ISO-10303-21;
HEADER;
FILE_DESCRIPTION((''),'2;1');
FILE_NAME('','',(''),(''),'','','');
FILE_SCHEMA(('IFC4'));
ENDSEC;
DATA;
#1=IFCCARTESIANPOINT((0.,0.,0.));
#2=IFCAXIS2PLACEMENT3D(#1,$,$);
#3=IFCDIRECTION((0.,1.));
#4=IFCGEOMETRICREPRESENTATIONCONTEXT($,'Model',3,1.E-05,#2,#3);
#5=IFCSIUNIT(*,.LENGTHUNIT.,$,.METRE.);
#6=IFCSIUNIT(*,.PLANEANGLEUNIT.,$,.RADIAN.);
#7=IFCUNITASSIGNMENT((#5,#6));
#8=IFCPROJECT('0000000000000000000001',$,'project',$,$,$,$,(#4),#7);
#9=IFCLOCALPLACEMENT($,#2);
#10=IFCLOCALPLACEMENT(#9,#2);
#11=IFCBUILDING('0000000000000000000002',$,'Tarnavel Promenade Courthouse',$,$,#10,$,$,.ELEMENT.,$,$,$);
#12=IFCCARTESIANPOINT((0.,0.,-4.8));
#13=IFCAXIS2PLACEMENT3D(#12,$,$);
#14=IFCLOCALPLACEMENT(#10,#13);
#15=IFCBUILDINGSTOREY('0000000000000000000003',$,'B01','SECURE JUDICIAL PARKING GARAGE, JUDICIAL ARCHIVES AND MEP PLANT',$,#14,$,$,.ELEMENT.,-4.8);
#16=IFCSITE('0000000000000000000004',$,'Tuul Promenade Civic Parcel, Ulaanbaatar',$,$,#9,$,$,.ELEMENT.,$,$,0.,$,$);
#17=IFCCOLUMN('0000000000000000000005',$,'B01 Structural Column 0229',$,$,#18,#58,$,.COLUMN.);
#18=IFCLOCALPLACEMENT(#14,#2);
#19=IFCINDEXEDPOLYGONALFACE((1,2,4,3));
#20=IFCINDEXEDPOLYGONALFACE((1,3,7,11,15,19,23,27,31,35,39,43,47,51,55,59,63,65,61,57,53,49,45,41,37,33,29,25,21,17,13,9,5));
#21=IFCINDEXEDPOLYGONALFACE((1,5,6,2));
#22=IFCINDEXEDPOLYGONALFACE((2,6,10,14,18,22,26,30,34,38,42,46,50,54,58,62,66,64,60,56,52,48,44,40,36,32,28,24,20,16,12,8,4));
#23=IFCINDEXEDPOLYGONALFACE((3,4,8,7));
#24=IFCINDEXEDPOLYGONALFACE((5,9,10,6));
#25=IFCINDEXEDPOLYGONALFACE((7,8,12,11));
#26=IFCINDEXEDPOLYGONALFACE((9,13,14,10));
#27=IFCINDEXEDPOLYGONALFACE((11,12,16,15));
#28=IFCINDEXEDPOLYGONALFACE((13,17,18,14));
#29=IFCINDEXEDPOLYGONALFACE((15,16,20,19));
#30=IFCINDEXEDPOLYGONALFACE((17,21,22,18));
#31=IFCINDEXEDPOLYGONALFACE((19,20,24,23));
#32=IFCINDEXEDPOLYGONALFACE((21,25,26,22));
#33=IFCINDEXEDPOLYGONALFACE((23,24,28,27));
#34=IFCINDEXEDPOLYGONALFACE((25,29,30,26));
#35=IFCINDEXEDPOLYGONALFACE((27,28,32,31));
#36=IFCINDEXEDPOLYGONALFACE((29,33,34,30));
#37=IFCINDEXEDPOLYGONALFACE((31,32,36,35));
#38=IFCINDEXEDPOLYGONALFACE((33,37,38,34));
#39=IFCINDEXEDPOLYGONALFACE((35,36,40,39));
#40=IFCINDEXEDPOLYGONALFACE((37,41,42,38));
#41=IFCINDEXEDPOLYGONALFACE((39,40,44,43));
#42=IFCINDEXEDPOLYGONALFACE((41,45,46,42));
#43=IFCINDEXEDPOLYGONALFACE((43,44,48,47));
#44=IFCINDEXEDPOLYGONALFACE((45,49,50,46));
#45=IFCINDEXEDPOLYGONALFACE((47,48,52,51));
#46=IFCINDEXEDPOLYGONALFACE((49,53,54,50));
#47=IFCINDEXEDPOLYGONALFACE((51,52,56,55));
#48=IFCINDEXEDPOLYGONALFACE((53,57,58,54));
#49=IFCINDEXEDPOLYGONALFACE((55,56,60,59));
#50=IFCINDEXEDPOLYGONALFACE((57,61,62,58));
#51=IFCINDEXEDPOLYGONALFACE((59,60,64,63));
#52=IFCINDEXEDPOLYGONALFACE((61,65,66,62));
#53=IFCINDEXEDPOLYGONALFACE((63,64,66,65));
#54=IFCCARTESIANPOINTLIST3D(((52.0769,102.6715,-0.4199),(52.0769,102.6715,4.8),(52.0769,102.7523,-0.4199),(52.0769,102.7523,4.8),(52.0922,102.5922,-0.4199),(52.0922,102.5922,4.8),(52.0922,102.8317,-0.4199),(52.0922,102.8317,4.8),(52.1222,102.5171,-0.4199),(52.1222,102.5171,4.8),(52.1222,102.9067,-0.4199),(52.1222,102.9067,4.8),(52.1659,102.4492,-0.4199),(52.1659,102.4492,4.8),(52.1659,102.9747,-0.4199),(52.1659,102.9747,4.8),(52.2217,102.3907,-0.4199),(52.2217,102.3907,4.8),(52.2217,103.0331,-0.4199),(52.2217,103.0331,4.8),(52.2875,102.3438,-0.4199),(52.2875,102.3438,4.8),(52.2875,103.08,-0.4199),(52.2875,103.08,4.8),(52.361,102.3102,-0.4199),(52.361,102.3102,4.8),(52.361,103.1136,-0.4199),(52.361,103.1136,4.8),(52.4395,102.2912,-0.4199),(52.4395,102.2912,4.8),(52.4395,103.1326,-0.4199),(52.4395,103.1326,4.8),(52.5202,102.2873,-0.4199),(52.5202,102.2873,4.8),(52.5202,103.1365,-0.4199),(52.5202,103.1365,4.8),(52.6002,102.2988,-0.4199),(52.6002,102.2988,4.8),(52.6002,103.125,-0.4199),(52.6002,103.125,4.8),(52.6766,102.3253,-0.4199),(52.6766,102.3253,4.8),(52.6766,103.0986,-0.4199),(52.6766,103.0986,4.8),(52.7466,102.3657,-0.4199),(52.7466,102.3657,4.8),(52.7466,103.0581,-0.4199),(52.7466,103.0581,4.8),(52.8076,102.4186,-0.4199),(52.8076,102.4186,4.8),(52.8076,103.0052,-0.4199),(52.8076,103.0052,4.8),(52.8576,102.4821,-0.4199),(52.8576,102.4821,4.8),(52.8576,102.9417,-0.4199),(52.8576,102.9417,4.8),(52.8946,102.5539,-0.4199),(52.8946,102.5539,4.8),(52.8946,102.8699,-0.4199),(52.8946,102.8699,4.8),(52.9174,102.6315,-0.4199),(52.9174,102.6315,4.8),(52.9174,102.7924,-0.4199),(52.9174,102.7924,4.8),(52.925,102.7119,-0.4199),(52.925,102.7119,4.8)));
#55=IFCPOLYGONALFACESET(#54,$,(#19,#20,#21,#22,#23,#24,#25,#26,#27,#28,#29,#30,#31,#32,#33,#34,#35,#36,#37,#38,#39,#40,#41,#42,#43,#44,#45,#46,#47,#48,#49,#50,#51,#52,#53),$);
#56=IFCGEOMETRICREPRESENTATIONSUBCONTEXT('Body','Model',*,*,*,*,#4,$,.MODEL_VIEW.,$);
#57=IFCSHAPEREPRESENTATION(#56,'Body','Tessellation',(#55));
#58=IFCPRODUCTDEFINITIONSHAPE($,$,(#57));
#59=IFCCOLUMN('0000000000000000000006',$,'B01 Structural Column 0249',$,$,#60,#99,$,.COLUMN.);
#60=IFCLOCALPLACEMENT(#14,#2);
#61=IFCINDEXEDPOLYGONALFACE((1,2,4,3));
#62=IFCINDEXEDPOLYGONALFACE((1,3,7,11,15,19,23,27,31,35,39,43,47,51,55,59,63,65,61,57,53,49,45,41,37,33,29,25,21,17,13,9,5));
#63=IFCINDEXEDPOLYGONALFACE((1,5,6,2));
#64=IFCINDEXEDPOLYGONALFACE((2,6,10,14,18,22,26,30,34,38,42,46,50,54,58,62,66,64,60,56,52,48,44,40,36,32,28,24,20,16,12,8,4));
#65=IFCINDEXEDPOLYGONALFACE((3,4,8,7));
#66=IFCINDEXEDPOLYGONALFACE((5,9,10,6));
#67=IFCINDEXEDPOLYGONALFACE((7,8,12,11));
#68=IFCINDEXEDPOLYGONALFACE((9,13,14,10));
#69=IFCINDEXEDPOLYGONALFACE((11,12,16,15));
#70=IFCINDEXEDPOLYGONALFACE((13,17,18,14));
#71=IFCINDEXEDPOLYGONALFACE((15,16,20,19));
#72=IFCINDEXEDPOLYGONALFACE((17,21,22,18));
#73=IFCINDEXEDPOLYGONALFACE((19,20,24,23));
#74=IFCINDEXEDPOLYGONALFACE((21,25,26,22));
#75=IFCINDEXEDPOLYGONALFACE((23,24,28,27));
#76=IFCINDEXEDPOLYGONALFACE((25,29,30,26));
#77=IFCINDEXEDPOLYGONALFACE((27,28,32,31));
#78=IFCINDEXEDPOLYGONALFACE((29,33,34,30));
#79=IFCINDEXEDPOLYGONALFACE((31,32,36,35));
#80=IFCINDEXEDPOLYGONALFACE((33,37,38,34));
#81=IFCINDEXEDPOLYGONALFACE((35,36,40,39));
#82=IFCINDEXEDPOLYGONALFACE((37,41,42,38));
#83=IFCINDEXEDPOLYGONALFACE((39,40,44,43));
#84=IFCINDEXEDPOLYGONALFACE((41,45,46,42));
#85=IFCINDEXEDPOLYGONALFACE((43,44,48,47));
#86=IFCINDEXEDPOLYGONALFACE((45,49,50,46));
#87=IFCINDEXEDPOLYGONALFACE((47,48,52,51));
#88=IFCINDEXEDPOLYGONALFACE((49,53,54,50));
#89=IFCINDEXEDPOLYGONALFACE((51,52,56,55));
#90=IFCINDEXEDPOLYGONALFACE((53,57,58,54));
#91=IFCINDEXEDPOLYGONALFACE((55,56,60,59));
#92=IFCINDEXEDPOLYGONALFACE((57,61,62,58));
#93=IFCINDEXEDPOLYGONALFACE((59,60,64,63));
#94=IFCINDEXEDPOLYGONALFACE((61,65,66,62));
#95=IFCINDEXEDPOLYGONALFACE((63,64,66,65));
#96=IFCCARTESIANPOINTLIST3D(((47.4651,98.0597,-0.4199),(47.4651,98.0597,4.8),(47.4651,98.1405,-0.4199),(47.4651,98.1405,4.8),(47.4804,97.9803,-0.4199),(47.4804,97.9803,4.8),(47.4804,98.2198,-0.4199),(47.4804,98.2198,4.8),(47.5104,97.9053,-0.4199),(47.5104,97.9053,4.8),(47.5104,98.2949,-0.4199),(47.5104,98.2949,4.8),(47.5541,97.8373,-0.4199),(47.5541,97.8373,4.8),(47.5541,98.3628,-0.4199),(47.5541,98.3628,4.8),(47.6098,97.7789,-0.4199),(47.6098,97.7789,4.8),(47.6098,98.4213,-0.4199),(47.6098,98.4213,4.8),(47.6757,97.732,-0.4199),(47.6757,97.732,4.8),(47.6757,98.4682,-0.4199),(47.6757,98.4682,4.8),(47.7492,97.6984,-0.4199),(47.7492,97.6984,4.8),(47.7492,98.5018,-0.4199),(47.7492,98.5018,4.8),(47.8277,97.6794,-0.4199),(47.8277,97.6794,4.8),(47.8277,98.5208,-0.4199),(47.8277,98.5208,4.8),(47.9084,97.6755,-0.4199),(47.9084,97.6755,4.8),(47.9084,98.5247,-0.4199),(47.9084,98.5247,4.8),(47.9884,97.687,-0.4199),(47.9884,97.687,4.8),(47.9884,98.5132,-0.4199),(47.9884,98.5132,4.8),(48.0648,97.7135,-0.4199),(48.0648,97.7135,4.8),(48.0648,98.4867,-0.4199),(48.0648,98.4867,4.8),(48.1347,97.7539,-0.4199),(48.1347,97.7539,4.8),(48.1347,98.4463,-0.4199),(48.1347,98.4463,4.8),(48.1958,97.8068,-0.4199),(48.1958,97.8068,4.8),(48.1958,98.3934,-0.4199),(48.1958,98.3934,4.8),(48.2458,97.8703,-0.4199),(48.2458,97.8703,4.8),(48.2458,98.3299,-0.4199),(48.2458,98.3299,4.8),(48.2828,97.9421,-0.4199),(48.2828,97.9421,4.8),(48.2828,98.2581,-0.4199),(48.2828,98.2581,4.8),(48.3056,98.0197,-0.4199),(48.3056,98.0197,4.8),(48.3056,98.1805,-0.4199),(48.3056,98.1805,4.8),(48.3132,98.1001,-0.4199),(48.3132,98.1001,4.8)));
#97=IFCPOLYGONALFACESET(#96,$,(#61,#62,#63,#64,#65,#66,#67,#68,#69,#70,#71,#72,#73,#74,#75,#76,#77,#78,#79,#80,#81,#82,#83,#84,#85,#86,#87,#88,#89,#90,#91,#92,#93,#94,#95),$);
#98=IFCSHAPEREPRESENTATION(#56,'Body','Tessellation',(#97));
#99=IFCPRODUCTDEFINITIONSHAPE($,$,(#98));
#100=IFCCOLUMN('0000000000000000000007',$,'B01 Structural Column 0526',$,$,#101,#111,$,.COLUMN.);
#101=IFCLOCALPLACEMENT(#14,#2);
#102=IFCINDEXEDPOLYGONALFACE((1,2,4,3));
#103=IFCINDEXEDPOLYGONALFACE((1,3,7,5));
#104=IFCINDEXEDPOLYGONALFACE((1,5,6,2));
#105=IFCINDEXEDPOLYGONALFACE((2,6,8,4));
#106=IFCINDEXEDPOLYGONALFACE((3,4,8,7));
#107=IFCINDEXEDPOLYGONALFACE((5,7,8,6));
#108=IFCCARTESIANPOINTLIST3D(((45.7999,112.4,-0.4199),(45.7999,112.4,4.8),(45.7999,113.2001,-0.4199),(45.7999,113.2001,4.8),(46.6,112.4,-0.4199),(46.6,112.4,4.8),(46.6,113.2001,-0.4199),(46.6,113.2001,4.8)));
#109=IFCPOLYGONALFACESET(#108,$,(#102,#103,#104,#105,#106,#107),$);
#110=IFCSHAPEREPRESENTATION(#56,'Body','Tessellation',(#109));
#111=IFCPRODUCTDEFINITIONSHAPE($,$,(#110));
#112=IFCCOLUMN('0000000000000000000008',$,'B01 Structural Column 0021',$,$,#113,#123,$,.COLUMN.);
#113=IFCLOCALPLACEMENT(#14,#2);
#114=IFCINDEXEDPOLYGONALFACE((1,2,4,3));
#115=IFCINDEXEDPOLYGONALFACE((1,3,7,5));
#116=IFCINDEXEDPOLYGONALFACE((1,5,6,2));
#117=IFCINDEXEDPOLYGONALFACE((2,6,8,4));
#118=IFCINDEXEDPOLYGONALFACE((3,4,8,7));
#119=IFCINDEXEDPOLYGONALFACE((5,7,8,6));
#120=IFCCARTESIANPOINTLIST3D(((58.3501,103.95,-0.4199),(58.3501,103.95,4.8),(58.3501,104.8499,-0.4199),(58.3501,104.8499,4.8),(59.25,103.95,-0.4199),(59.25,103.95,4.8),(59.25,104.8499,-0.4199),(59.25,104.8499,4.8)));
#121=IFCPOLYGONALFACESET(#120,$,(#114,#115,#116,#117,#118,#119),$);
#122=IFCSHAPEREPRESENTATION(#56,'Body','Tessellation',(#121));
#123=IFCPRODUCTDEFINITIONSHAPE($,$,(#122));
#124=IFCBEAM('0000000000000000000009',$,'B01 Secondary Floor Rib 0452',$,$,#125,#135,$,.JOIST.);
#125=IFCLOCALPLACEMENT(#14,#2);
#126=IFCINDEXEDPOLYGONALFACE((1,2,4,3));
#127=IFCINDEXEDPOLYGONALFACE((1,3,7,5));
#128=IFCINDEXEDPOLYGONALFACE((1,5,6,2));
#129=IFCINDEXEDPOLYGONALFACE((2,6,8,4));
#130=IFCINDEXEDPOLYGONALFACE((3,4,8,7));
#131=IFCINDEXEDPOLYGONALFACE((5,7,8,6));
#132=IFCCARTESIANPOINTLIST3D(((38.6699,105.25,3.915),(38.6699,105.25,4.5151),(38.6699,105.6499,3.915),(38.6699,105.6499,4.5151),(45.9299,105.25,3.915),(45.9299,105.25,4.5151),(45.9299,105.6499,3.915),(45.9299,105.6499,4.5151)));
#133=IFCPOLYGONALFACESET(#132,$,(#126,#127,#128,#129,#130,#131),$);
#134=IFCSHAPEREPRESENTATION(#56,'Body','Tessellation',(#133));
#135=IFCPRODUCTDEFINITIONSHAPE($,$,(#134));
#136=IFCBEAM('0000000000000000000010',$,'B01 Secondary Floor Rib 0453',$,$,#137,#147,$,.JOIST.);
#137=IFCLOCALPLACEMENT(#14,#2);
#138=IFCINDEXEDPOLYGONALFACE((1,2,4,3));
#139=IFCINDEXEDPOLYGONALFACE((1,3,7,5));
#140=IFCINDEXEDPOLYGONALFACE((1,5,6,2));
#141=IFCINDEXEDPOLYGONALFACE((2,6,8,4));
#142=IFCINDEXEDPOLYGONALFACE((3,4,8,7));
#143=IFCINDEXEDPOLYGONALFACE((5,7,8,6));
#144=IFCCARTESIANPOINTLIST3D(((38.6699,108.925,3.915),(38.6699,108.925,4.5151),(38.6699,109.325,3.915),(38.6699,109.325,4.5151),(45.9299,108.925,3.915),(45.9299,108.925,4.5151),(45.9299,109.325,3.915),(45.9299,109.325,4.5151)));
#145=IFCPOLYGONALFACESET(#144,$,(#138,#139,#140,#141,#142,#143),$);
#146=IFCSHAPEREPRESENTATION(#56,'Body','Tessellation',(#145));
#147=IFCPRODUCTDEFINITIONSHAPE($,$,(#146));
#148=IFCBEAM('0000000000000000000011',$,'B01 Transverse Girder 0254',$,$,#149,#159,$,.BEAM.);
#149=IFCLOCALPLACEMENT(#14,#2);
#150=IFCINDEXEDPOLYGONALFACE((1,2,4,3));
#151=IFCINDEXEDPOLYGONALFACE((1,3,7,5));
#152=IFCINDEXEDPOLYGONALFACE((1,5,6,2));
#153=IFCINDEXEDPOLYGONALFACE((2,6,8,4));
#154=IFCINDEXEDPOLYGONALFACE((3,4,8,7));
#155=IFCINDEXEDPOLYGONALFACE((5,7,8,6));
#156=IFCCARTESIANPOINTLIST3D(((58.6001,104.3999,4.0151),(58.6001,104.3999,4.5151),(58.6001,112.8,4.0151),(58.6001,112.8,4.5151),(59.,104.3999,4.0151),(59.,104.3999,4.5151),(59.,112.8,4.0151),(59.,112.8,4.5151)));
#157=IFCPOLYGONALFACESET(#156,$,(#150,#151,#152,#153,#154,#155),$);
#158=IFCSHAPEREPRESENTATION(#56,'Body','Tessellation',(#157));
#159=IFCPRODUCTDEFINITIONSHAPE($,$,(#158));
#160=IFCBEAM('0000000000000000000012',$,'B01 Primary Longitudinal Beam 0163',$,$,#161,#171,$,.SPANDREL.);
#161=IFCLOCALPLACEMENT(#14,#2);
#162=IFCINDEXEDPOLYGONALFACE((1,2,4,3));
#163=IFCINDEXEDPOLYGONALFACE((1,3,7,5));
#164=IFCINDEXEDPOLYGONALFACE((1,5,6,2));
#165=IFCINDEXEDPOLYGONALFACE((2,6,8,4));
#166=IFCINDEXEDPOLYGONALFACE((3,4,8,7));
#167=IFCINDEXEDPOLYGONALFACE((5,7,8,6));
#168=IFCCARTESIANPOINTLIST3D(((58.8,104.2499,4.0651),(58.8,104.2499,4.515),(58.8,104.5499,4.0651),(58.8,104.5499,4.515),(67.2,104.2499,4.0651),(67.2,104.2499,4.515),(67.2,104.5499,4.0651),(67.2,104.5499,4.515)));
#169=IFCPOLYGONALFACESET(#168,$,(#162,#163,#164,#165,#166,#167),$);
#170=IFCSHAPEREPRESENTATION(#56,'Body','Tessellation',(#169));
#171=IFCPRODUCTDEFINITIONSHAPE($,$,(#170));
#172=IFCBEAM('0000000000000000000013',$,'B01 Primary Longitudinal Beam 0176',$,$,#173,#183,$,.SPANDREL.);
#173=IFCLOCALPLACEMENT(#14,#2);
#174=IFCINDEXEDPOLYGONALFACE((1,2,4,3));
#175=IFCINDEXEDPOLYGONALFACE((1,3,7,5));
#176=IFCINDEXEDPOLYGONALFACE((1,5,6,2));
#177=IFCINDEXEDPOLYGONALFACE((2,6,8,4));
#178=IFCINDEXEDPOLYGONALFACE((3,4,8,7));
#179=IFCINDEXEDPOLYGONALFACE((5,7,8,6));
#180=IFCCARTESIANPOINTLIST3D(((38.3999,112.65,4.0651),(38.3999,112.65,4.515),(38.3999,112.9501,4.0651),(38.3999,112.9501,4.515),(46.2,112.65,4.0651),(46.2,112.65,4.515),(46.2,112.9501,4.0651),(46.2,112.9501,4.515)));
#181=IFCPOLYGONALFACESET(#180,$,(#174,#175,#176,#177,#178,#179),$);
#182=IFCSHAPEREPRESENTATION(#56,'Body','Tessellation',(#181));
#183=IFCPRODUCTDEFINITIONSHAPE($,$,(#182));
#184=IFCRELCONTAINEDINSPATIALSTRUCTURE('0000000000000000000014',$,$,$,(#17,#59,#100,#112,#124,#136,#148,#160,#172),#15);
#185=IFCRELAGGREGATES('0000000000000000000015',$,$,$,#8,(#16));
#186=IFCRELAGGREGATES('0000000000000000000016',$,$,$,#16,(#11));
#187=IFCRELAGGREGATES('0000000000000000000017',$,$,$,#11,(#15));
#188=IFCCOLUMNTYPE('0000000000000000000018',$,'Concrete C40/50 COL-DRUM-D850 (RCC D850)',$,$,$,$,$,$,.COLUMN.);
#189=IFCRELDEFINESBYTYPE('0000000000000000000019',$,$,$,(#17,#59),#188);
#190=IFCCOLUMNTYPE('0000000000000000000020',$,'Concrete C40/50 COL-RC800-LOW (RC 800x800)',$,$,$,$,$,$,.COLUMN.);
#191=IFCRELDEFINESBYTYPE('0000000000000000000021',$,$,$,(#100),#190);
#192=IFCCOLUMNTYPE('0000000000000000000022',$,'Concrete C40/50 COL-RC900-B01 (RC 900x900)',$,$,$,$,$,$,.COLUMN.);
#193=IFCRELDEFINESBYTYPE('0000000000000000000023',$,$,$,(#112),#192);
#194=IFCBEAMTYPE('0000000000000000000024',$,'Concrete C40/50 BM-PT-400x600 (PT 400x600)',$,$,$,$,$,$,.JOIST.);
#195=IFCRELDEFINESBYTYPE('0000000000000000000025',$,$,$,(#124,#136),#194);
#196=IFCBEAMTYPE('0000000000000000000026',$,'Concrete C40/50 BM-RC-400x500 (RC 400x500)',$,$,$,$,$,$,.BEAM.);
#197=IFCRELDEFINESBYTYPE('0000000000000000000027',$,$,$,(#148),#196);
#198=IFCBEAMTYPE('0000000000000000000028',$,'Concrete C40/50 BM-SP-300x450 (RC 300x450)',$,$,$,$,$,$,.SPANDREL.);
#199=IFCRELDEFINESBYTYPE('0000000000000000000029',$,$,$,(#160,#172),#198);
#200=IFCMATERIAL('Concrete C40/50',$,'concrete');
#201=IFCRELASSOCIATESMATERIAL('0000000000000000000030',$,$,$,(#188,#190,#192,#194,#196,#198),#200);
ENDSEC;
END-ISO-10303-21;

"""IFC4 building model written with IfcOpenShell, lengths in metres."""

from ifc_helpers import new_model, si_unit, direction, frame, origin, origin_2d, place, context, subcontext, project, spatial, rectangle, circle, extrude, material, material_profile, profile_set, type_object, element, save


model = new_model("IFC4")

# Units and contexts
model_context = context("Model", 3, precision=1e-05, world=origin(), true_north=direction((0.0, 1.0)))
body_context = subcontext(model_context, "Body", "Model", "MODEL_VIEW")
ifc_project = project(units=[si_unit("LENGTHUNIT", "METRE"), si_unit("PLANEANGLEUNIT", "RADIAN")], contexts=[model_context])

# Site, building, storey
site_placement = place(None, origin())
site = spatial("IfcSite", under=ifc_project, at=site_placement, Name="Tuul Promenade Civic Parcel, Ulaanbaatar", CompositionType="ELEMENT", RefElevation=0.0)
building_placement = place(site_placement, origin())
building = spatial("IfcBuilding", under=site, at=building_placement, Name="Tarnavel Promenade Courthouse", CompositionType="ELEMENT")
storey_placement = place(building_placement, frame((0.0, 0.0, -4.8)))
storey = spatial("IfcBuildingStorey", under=building, at=storey_placement, Name="B01", Description="SECURE JUDICIAL PARKING GARAGE, JUDICIAL ARCHIVES AND MEP PLANT", CompositionType="ELEMENT", Elevation=-4.8)

# Columns
ifc_material_1 = material(Name="Concrete C40/50", Category="concrete")
ifc_material_profile_1 = material_profile(ifc_material_1, circle(Radius=0.425, at=origin_2d()), Name="RCC D850")
ifc_profile_set_1 = profile_set([ifc_material_profile_1], Name="Concrete C40/50")
column_type_1 = type_object("IfcColumnType", Name="Concrete C40/50 COL-DRUM-D850 (RCC D850)", PredefinedType="COLUMN", material=ifc_profile_set_1)
for number, where, z_axis, x_axis, name in (
    (1, (52.5, 102.7119, -0.4199), (0.0, 0.0, 1.0), (1.0, 0.0, 0.0), "B01 Structural Column 0229"),
    (2, (47.8882, 98.1001, -0.4199), (0.0, 0.0, 1.0), (1.0, 0.0, 0.0), "B01 Structural Column 0249"),
):
    element("IfcColumn", number, at=place(storey_placement, frame(where, z_axis=z_axis, x_axis=x_axis)), inside=storey, type_object=column_type_1, Name=name, PredefinedType="COLUMN", context=body_context, shape_type="SweptSolid", body=[
        extrude(circle(Radius=0.425, at=origin_2d()), origin(), (0.0, 0.0, 1.0), 5.22),
    ])
ifc_material_profile_2 = material_profile(ifc_material_1, rectangle(XDim=0.8, YDim=0.8, at=origin_2d()), Name="RC 800x800")
ifc_profile_set_2 = profile_set([ifc_material_profile_2], Name="Concrete C40/50")
column_type_2 = type_object("IfcColumnType", Name="Concrete C40/50 COL-RC800-LOW (RC 800x800)", PredefinedType="COLUMN", material=ifc_profile_set_2)
column_1_placement = place(storey_placement, frame((46.2, 112.8, -0.4199), z_axis=(0.0, 0.0, 1.0), x_axis=(1.0, 0.0, 0.0)))
element("IfcColumn", 3, at=column_1_placement, inside=storey, type_object=column_type_2, Name="B01 Structural Column 0526", PredefinedType="COLUMN", context=body_context, shape_type="SweptSolid", body=[
    extrude(rectangle(XDim=0.8, YDim=0.8, at=origin_2d()), origin(), (0.0, 0.0, 1.0), 5.22),
])
ifc_material_profile_3 = material_profile(ifc_material_1, rectangle(XDim=0.8999, YDim=0.8999, at=origin_2d()), Name="RC 900x900")
ifc_profile_set_3 = profile_set([ifc_material_profile_3], Name="Concrete C40/50")
column_type_3 = type_object("IfcColumnType", Name="Concrete C40/50 COL-RC900-B01 (RC 900x900)", PredefinedType="COLUMN", material=ifc_profile_set_3)
column_2_placement = place(storey_placement, frame((58.8, 104.3999, -0.4199), z_axis=(0.0, 0.0, 1.0), x_axis=(1.0, 0.0, 0.0)))
element("IfcColumn", 4, at=column_2_placement, inside=storey, type_object=column_type_3, Name="B01 Structural Column 0021", PredefinedType="COLUMN", context=body_context, shape_type="SweptSolid", body=[
    extrude(rectangle(XDim=0.8999, YDim=0.8999, at=origin_2d()), origin(), (0.0, 0.0, 1.0), 5.22),
])

# Beams
ifc_material_profile_4 = material_profile(ifc_material_1, rectangle(XDim=0.3999, YDim=0.6001, at=origin_2d()), Name="PT 400x600")
ifc_profile_set_4 = profile_set([ifc_material_profile_4], Name="Concrete C40/50")
beam_type_1 = type_object("IfcBeamType", Name="Concrete C40/50 BM-PT-400x600 (PT 400x600)", PredefinedType="JOIST", material=ifc_profile_set_4)
for number, where, z_axis, x_axis, name in (
    (5, (38.6699, 105.45, 4.2151), (1.0, 0.0, 0.0), (0.0, 1.0, 0.0), "B01 Secondary Floor Rib 0452"),
    (6, (38.6699, 109.125, 4.2151), (1.0, 0.0, 0.0), (0.0, 1.0, 0.0), "B01 Secondary Floor Rib 0453"),
):
    element("IfcBeam", number, at=place(storey_placement, frame(where, z_axis=z_axis, x_axis=x_axis)), inside=storey, type_object=beam_type_1, Name=name, PredefinedType="JOIST", context=body_context, shape_type="SweptSolid", body=[
        extrude(rectangle(XDim=0.3999, YDim=0.6001, at=origin_2d()), origin(), (0.0, 0.0, 1.0), 7.26),
    ])
ifc_material_profile_5 = material_profile(ifc_material_1, rectangle(XDim=0.3999, YDim=0.5, at=origin_2d()), Name="RC 400x500")
ifc_profile_set_5 = profile_set([ifc_material_profile_5], Name="Concrete C40/50")
beam_type_2 = type_object("IfcBeamType", Name="Concrete C40/50 BM-RC-400x500 (RC 400x500)", PredefinedType="BEAM", material=ifc_profile_set_5)
beam_1_placement = place(storey_placement, frame((58.8, 104.3999, 4.2651), z_axis=(0.0, 1.0, 0.0), x_axis=(-1.0, 0.0, 0.0)))
element("IfcBeam", 7, at=beam_1_placement, inside=storey, type_object=beam_type_2, Name="B01 Transverse Girder 0254", PredefinedType="BEAM", context=body_context, shape_type="SweptSolid", body=[
    extrude(rectangle(XDim=0.3999, YDim=0.5, at=origin_2d()), origin(), (0.0, 0.0, 1.0), 8.4001),
])
ifc_material_profile_6 = material_profile(ifc_material_1, rectangle(XDim=0.3, YDim=0.45, at=origin_2d()), Name="RC 300x450")
ifc_profile_set_6 = profile_set([ifc_material_profile_6], Name="Concrete C40/50")
beam_type_3 = type_object("IfcBeamType", Name="Concrete C40/50 BM-SP-300x450 (RC 300x450)", PredefinedType="SPANDREL", material=ifc_profile_set_6)
beam_2_placement = place(storey_placement, frame((58.8, 104.3999, 4.29), z_axis=(1.0, 0.0, 0.0), x_axis=(0.0, 1.0, 0.0)))
element("IfcBeam", 8, at=beam_2_placement, inside=storey, type_object=beam_type_3, Name="B01 Primary Longitudinal Beam 0163", PredefinedType="SPANDREL", context=body_context, shape_type="SweptSolid", body=[
    extrude(rectangle(XDim=0.3, YDim=0.45, at=origin_2d()), origin(), (0.0, 0.0, 1.0), 8.3999),
])
beam_3_placement = place(storey_placement, frame((38.3999, 112.8, 4.29), z_axis=(1.0, 0.0, 0.0), x_axis=(0.0, 1.0, 0.0)))
element("IfcBeam", 9, at=beam_3_placement, inside=storey, type_object=beam_type_3, Name="B01 Primary Longitudinal Beam 0176", PredefinedType="SPANDREL", context=body_context, shape_type="SweptSolid", body=[
    extrude(rectangle(XDim=0.3, YDim=0.45, at=origin_2d()), origin(), (0.0, 0.0, 1.0), 7.8),
])

save(model, "model.ifc")
